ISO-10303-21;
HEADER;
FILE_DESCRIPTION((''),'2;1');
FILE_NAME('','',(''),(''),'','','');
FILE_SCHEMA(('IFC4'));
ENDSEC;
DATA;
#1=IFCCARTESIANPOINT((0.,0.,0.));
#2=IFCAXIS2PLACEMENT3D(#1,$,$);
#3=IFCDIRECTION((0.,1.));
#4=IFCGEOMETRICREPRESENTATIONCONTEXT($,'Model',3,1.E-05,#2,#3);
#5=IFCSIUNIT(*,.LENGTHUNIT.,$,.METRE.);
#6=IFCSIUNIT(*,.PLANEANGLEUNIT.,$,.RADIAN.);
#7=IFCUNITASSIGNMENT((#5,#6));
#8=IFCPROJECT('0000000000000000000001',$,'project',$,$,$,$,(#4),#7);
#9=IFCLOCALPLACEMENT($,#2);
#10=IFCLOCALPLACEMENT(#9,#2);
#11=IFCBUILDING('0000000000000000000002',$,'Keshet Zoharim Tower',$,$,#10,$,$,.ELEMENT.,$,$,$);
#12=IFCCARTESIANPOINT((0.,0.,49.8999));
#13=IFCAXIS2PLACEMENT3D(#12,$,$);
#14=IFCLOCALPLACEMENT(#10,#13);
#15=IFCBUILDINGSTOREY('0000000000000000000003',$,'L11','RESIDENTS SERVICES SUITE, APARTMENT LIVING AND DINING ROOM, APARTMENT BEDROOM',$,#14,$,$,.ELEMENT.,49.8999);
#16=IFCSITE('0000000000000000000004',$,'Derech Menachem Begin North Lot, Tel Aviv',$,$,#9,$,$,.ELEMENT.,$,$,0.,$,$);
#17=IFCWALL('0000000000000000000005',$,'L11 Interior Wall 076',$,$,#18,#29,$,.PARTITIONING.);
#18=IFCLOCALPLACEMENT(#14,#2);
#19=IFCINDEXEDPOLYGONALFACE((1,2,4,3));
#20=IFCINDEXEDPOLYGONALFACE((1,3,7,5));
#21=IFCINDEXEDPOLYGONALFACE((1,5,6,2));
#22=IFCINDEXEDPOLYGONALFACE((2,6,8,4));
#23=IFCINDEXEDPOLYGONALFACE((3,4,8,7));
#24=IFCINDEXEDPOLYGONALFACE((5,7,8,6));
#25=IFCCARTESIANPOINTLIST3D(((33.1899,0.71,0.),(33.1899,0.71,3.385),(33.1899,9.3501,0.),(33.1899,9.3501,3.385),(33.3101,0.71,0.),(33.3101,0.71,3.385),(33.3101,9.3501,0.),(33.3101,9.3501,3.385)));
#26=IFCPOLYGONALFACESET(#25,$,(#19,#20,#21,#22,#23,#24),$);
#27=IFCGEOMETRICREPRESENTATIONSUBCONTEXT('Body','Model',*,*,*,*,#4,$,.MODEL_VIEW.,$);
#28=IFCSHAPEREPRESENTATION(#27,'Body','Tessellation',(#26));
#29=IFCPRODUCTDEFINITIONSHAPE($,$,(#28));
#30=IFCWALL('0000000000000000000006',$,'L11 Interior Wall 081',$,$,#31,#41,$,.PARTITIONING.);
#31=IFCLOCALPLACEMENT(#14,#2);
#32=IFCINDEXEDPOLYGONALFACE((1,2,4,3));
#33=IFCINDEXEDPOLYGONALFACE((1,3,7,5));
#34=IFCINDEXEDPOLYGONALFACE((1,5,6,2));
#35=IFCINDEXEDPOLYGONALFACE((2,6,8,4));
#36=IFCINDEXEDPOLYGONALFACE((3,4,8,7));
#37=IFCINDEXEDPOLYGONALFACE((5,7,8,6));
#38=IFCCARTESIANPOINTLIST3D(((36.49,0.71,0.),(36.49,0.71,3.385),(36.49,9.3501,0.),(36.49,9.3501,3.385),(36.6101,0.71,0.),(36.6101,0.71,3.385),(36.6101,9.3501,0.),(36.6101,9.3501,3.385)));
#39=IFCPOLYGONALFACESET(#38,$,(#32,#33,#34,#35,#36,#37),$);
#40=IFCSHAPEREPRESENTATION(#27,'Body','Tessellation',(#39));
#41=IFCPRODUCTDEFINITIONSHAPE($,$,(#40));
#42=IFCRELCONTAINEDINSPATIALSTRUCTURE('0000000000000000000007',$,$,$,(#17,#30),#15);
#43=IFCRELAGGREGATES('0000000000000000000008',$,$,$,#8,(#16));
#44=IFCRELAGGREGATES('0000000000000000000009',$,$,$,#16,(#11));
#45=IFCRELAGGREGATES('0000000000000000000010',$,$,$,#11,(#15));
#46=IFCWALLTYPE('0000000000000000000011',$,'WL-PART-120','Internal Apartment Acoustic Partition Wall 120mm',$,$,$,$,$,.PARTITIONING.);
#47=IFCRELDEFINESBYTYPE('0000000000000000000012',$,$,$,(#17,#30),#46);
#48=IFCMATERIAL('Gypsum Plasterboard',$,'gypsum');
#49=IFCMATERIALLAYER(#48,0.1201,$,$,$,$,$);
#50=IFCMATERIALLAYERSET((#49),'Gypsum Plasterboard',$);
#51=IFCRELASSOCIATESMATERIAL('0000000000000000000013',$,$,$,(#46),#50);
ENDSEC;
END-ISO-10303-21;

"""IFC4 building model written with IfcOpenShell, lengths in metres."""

from ifc_helpers import new_model, si_unit, direction, frame, frame_2d, origin, place, context, subcontext, project, spatial, rectangle, extrude, material, layer, layer_set, type_object, element, save


model = new_model("IFC4")

# Units and contexts
model_context = context("Model", 3, precision=1e-05, world=origin(), true_north=direction((0.0, 1.0)))
body_context = subcontext(model_context, "Body", "Model", "MODEL_VIEW")
ifc_project = project(units=[si_unit("LENGTHUNIT", "METRE"), si_unit("PLANEANGLEUNIT", "RADIAN")], contexts=[model_context])

# Site, building, storey
site_placement = place(None, origin())
site = spatial("IfcSite", under=ifc_project, at=site_placement, Name="Derech Menachem Begin North Lot, Tel Aviv", CompositionType="ELEMENT", RefElevation=0.0)
building_placement = place(site_placement, origin())
building = spatial("IfcBuilding", under=site, at=building_placement, Name="Keshet Zoharim Tower", CompositionType="ELEMENT")
storey_placement = place(building_placement, frame((0.0, 0.0, 49.8999)))
storey = spatial("IfcBuildingStorey", under=building, at=storey_placement, Name="L11", Description="RESIDENTS SERVICES SUITE, APARTMENT LIVING AND DINING ROOM, APARTMENT BEDROOM", CompositionType="ELEMENT", Elevation=49.8999)

# Walls
ifc_material_1 = material(Name="Gypsum Plasterboard", Category="gypsum")
ifc_layer_1 = layer(ifc_material_1, 0.1201)
ifc_layer_set_1 = layer_set([ifc_layer_1], Name="Gypsum Plasterboard")
wall_type = type_object("IfcWallType", Name="WL-PART-120", Description="Internal Apartment Acoustic Partition Wall 120mm", PredefinedType="PARTITIONING", material=ifc_layer_set_1)
for number, where, z_axis, x_axis, name in (
    (1, (33.25, 0.71, 0.0), (0.0, 0.0, 1.0), (0.0, 1.0, 0.0), "L11 Interior Wall 076"),
    (2, (36.55, 0.71, 0.0), (0.0, 0.0, 1.0), (0.0, 1.0, 0.0), "L11 Interior Wall 081"),
):
    element("IfcWall", number, at=place(storey_placement, frame(where, z_axis=z_axis, x_axis=x_axis)), inside=storey, type_object=wall_type, Name=name, PredefinedType="PARTITIONING", context=body_context, shape_type="SweptSolid", body=[
        extrude(rectangle(XDim=8.6401, YDim=0.1201, at=frame_2d((4.3201, 0.0))), origin(), (0.0, 0.0, 1.0), 3.385),
    ])

save(model, "model.ifc")
